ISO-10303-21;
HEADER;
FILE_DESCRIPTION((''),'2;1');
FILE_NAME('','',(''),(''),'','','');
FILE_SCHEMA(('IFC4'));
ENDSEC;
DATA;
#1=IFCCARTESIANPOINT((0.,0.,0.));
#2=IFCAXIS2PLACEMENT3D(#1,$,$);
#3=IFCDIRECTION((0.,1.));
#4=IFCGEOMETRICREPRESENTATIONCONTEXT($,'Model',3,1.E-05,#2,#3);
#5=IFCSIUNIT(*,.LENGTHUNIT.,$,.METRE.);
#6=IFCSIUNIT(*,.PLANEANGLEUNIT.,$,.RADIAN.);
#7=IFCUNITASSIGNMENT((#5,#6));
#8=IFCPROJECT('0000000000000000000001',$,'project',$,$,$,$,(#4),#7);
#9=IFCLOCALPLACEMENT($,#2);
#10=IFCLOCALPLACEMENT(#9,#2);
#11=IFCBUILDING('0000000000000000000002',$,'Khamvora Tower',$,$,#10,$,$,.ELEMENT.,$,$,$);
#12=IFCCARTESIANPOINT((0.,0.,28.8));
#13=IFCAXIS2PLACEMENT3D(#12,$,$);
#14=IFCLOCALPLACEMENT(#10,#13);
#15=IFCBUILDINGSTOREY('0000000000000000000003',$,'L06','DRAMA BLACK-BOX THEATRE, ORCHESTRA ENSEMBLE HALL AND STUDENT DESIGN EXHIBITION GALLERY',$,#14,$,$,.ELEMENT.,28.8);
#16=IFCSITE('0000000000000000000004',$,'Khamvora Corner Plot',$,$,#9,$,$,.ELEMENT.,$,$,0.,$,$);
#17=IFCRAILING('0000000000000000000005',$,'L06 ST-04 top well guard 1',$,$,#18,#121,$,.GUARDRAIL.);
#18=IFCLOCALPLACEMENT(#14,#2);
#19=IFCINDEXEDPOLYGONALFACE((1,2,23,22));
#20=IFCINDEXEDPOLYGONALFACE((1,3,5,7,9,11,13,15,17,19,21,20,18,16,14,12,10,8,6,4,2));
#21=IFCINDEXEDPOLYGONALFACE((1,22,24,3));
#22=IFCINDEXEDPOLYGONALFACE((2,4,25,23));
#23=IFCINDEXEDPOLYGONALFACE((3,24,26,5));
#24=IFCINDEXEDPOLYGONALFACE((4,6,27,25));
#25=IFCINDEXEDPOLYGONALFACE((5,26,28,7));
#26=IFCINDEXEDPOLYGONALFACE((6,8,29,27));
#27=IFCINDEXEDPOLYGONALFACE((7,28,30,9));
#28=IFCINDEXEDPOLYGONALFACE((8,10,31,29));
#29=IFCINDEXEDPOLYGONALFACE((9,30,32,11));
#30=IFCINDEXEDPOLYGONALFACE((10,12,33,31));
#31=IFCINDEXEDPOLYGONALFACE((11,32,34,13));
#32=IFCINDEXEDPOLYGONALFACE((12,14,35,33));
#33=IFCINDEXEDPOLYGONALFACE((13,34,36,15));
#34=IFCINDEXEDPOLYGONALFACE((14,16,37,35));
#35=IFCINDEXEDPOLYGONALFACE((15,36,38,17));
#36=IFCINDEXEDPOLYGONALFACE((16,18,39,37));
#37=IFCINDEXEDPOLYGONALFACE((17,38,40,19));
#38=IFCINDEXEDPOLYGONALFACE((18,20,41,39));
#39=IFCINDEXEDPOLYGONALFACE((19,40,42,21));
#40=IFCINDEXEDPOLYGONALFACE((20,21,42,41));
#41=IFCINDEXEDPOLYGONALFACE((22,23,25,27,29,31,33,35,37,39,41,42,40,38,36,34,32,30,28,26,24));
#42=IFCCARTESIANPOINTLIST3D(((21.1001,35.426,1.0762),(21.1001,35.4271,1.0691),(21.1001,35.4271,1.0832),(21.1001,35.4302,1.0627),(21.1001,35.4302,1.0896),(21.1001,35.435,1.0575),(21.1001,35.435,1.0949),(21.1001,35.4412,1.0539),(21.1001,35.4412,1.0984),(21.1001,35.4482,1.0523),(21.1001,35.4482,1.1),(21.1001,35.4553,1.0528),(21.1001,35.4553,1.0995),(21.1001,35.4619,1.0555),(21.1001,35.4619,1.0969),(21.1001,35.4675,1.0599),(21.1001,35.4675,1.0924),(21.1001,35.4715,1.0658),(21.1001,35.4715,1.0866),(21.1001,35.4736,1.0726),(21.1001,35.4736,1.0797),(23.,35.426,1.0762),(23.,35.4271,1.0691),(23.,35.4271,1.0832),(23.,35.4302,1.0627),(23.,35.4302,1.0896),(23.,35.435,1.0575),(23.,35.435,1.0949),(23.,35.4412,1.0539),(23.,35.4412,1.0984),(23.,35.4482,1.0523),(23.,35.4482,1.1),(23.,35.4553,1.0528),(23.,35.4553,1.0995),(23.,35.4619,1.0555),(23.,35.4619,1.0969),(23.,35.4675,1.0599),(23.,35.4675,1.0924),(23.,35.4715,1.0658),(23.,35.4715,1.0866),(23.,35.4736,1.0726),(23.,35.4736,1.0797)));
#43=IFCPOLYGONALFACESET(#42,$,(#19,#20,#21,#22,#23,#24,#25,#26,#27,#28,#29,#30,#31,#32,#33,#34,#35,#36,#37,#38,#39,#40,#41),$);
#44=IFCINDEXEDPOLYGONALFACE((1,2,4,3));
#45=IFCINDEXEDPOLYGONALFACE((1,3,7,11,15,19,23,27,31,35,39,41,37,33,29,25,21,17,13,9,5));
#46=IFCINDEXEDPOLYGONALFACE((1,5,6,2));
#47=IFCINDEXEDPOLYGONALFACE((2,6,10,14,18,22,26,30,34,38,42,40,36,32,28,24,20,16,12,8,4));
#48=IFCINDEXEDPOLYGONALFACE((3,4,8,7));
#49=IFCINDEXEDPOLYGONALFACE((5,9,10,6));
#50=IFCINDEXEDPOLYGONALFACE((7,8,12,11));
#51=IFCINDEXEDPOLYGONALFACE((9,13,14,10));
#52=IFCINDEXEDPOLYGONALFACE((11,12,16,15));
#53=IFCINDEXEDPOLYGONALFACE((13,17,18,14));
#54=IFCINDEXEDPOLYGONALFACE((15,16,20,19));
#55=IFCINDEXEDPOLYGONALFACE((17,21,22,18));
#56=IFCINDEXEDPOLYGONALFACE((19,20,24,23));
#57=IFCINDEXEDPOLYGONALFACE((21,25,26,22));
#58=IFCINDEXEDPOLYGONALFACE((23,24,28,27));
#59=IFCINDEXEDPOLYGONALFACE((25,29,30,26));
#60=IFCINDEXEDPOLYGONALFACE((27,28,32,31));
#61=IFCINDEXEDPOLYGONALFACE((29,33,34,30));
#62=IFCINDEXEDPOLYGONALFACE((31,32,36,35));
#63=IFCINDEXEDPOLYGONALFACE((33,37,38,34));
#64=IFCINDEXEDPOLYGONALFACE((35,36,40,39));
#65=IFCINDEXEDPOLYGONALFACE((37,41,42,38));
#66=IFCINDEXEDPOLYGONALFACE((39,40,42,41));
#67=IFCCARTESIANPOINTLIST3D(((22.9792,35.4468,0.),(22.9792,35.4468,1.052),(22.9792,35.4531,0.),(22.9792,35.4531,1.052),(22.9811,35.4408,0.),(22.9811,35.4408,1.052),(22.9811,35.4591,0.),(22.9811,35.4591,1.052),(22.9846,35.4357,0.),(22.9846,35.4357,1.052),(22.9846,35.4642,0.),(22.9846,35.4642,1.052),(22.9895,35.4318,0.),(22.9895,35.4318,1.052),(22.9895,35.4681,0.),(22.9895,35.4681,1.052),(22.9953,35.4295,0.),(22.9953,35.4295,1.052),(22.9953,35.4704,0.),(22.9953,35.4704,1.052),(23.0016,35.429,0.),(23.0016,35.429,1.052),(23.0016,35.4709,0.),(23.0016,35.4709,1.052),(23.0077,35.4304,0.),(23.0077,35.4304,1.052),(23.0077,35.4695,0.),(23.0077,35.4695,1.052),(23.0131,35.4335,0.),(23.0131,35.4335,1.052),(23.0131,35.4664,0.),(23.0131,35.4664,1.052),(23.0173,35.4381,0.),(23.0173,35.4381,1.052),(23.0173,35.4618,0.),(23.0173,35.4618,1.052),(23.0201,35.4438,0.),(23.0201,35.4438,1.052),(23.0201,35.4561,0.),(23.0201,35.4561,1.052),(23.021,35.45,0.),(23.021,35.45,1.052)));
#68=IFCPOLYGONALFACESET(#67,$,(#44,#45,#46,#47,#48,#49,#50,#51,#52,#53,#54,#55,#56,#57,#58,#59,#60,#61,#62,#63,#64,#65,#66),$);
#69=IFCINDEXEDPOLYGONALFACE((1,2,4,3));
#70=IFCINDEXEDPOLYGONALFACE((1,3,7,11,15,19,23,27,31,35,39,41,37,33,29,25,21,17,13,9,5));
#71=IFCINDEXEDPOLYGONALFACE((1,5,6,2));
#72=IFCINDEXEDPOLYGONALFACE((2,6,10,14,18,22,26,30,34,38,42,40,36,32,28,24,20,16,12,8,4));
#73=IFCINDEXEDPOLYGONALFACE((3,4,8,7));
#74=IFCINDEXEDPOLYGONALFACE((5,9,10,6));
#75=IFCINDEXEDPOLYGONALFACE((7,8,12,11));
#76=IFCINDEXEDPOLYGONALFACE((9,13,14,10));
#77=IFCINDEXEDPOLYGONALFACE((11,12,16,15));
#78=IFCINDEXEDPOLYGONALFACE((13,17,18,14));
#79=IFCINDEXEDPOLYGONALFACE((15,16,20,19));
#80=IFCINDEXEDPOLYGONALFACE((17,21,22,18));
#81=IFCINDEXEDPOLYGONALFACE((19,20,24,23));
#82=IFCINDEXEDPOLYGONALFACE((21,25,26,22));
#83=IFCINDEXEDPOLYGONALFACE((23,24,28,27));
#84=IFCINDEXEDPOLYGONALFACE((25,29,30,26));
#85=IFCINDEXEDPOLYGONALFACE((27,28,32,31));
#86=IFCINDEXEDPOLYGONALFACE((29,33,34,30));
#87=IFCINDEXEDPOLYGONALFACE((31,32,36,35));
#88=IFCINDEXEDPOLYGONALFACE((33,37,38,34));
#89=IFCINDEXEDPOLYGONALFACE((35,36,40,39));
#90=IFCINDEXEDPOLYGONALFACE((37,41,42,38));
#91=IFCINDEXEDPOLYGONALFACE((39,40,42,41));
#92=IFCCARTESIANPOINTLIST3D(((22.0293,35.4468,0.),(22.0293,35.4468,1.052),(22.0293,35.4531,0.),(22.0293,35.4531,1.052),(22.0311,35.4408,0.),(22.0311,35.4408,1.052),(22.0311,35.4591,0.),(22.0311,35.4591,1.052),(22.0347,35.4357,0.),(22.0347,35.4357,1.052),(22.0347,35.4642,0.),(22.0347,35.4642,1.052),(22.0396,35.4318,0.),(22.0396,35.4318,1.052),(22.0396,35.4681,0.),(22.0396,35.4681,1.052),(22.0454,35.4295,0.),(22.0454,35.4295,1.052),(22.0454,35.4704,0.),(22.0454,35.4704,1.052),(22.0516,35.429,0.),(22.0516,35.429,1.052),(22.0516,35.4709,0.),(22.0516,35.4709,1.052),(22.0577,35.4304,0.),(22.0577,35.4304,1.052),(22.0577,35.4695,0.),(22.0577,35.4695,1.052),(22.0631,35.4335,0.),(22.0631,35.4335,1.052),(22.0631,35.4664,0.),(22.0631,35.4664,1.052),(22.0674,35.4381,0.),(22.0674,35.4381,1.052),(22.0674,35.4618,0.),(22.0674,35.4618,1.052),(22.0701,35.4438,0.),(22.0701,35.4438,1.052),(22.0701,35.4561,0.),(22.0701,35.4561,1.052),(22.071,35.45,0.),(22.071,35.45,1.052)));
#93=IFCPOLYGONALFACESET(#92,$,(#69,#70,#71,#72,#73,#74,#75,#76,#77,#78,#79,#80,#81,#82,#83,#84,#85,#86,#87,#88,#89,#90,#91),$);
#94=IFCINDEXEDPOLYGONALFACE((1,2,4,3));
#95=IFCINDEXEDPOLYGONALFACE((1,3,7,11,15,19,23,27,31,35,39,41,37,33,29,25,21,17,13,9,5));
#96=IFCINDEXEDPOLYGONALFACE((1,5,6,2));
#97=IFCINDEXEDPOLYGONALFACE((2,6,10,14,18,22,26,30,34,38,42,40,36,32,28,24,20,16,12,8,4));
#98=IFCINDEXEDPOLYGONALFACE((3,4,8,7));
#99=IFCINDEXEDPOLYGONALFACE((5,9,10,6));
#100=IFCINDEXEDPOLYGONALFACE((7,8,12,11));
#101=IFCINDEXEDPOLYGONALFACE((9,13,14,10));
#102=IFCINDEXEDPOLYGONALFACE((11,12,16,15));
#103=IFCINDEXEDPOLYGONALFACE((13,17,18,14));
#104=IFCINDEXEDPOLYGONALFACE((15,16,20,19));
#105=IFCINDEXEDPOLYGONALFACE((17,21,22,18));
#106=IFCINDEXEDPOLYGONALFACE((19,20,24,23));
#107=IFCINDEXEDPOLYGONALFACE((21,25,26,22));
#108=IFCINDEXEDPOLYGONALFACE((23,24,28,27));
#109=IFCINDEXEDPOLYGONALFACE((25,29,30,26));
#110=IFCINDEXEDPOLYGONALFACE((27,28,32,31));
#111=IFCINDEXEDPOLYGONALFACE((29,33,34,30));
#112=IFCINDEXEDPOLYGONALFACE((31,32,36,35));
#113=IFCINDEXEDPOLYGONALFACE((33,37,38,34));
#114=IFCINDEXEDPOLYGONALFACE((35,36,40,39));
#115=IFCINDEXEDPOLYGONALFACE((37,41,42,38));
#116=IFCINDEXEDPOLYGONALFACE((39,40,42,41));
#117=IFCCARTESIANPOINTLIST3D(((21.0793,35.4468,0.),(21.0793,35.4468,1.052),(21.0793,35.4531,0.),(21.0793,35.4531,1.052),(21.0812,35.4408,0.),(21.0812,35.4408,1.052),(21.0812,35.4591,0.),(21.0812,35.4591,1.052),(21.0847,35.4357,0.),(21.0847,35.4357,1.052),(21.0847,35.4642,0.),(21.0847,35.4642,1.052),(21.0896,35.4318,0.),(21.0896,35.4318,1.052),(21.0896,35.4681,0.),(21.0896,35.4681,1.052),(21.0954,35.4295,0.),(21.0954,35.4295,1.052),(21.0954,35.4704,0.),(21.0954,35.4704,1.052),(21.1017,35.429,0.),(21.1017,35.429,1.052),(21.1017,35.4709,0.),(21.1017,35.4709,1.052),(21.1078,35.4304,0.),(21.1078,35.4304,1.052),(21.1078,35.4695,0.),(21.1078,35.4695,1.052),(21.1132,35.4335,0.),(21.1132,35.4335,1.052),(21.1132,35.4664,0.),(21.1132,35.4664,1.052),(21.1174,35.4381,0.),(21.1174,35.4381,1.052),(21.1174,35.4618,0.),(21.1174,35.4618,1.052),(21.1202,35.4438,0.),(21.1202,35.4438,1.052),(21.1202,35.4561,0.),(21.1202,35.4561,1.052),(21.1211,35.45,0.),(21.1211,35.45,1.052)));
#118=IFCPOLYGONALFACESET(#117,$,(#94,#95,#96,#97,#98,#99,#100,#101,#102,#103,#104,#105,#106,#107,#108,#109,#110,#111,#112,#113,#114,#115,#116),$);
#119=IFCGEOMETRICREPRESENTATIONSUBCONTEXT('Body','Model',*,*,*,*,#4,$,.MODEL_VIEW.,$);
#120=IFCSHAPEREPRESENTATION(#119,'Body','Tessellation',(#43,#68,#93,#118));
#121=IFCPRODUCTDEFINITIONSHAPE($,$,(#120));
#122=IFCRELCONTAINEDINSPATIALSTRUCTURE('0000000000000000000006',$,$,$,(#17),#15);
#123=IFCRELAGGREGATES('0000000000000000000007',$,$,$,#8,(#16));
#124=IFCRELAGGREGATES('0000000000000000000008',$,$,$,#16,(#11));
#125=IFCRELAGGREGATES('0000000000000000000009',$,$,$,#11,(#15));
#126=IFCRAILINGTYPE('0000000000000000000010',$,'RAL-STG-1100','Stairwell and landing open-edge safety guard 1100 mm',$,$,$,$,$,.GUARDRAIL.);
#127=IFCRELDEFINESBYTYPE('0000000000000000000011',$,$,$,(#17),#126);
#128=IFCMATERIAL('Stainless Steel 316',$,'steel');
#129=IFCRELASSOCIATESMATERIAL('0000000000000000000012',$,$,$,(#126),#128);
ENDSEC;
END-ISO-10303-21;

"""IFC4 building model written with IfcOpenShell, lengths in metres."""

from ifc_helpers import new_model, si_unit, direction, frame, origin, origin_2d, place, context, subcontext, project, spatial, circle, extrude, material, type_object, element, save


model = new_model("IFC4")

# Units and contexts
model_context = context("Model", 3, precision=1e-05, world=origin(), true_north=direction((0.0, 1.0)))
body_context = subcontext(model_context, "Body", "Model", "MODEL_VIEW")
ifc_project = project(units=[si_unit("LENGTHUNIT", "METRE"), si_unit("PLANEANGLEUNIT", "RADIAN")], contexts=[model_context])

# Site, building, storey
site_placement = place(None, origin())
site = spatial("IfcSite", under=ifc_project, at=site_placement, Name="Khamvora Corner Plot", CompositionType="ELEMENT", RefElevation=0.0)
building_placement = place(site_placement, origin())
building = spatial("IfcBuilding", under=site, at=building_placement, Name="Khamvora Tower", CompositionType="ELEMENT")
storey_placement = place(building_placement, frame((0.0, 0.0, 28.8)))
storey = spatial("IfcBuildingStorey", under=building, at=storey_placement, Name="L06", Description="DRAMA BLACK-BOX THEATRE, ORCHESTRA ENSEMBLE HALL AND STUDENT DESIGN EXHIBITION GALLERY", CompositionType="ELEMENT", Elevation=28.8)

# Railing
ifc_material_1 = material(Name="Stainless Steel 316", Category="steel")
railing_type = type_object("IfcRailingType", Name="RAL-STG-1100", Description="Stairwell and landing open-edge safety guard 1100 mm", PredefinedType="GUARDRAIL", material=ifc_material_1)
railing_placement = place(storey_placement, frame((23.0, 35.45, 0.0)))
element("IfcRailing", 1, at=railing_placement, inside=storey, type_object=railing_type, Name="L06 ST-04 top well guard 1", PredefinedType="GUARDRAIL", context=body_context, shape_type="SweptSolid", body=[
    extrude(circle(Radius=0.0239, at=origin_2d()), frame((0.0, 0.0, 1.0762), z_axis=(-1.0, 0.0, 0.0), x_axis=(0.0, -1.0, 0.0)), (0.0, 0.0, 1.0), 1.8999),
    extrude(circle(Radius=0.021, at=origin_2d()), origin(), (0.0, 0.0, 1.0), 1.052),
    extrude(circle(Radius=0.021, at=origin_2d()), frame((-0.95, 0.0, 0.0)), (0.0, 0.0, 1.0), 1.052),
    extrude(circle(Radius=0.021, at=origin_2d()), frame((-1.8999, 0.0, 0.0)), (0.0, 0.0, 1.0), 1.052),
])

save(model, "model.ifc")
